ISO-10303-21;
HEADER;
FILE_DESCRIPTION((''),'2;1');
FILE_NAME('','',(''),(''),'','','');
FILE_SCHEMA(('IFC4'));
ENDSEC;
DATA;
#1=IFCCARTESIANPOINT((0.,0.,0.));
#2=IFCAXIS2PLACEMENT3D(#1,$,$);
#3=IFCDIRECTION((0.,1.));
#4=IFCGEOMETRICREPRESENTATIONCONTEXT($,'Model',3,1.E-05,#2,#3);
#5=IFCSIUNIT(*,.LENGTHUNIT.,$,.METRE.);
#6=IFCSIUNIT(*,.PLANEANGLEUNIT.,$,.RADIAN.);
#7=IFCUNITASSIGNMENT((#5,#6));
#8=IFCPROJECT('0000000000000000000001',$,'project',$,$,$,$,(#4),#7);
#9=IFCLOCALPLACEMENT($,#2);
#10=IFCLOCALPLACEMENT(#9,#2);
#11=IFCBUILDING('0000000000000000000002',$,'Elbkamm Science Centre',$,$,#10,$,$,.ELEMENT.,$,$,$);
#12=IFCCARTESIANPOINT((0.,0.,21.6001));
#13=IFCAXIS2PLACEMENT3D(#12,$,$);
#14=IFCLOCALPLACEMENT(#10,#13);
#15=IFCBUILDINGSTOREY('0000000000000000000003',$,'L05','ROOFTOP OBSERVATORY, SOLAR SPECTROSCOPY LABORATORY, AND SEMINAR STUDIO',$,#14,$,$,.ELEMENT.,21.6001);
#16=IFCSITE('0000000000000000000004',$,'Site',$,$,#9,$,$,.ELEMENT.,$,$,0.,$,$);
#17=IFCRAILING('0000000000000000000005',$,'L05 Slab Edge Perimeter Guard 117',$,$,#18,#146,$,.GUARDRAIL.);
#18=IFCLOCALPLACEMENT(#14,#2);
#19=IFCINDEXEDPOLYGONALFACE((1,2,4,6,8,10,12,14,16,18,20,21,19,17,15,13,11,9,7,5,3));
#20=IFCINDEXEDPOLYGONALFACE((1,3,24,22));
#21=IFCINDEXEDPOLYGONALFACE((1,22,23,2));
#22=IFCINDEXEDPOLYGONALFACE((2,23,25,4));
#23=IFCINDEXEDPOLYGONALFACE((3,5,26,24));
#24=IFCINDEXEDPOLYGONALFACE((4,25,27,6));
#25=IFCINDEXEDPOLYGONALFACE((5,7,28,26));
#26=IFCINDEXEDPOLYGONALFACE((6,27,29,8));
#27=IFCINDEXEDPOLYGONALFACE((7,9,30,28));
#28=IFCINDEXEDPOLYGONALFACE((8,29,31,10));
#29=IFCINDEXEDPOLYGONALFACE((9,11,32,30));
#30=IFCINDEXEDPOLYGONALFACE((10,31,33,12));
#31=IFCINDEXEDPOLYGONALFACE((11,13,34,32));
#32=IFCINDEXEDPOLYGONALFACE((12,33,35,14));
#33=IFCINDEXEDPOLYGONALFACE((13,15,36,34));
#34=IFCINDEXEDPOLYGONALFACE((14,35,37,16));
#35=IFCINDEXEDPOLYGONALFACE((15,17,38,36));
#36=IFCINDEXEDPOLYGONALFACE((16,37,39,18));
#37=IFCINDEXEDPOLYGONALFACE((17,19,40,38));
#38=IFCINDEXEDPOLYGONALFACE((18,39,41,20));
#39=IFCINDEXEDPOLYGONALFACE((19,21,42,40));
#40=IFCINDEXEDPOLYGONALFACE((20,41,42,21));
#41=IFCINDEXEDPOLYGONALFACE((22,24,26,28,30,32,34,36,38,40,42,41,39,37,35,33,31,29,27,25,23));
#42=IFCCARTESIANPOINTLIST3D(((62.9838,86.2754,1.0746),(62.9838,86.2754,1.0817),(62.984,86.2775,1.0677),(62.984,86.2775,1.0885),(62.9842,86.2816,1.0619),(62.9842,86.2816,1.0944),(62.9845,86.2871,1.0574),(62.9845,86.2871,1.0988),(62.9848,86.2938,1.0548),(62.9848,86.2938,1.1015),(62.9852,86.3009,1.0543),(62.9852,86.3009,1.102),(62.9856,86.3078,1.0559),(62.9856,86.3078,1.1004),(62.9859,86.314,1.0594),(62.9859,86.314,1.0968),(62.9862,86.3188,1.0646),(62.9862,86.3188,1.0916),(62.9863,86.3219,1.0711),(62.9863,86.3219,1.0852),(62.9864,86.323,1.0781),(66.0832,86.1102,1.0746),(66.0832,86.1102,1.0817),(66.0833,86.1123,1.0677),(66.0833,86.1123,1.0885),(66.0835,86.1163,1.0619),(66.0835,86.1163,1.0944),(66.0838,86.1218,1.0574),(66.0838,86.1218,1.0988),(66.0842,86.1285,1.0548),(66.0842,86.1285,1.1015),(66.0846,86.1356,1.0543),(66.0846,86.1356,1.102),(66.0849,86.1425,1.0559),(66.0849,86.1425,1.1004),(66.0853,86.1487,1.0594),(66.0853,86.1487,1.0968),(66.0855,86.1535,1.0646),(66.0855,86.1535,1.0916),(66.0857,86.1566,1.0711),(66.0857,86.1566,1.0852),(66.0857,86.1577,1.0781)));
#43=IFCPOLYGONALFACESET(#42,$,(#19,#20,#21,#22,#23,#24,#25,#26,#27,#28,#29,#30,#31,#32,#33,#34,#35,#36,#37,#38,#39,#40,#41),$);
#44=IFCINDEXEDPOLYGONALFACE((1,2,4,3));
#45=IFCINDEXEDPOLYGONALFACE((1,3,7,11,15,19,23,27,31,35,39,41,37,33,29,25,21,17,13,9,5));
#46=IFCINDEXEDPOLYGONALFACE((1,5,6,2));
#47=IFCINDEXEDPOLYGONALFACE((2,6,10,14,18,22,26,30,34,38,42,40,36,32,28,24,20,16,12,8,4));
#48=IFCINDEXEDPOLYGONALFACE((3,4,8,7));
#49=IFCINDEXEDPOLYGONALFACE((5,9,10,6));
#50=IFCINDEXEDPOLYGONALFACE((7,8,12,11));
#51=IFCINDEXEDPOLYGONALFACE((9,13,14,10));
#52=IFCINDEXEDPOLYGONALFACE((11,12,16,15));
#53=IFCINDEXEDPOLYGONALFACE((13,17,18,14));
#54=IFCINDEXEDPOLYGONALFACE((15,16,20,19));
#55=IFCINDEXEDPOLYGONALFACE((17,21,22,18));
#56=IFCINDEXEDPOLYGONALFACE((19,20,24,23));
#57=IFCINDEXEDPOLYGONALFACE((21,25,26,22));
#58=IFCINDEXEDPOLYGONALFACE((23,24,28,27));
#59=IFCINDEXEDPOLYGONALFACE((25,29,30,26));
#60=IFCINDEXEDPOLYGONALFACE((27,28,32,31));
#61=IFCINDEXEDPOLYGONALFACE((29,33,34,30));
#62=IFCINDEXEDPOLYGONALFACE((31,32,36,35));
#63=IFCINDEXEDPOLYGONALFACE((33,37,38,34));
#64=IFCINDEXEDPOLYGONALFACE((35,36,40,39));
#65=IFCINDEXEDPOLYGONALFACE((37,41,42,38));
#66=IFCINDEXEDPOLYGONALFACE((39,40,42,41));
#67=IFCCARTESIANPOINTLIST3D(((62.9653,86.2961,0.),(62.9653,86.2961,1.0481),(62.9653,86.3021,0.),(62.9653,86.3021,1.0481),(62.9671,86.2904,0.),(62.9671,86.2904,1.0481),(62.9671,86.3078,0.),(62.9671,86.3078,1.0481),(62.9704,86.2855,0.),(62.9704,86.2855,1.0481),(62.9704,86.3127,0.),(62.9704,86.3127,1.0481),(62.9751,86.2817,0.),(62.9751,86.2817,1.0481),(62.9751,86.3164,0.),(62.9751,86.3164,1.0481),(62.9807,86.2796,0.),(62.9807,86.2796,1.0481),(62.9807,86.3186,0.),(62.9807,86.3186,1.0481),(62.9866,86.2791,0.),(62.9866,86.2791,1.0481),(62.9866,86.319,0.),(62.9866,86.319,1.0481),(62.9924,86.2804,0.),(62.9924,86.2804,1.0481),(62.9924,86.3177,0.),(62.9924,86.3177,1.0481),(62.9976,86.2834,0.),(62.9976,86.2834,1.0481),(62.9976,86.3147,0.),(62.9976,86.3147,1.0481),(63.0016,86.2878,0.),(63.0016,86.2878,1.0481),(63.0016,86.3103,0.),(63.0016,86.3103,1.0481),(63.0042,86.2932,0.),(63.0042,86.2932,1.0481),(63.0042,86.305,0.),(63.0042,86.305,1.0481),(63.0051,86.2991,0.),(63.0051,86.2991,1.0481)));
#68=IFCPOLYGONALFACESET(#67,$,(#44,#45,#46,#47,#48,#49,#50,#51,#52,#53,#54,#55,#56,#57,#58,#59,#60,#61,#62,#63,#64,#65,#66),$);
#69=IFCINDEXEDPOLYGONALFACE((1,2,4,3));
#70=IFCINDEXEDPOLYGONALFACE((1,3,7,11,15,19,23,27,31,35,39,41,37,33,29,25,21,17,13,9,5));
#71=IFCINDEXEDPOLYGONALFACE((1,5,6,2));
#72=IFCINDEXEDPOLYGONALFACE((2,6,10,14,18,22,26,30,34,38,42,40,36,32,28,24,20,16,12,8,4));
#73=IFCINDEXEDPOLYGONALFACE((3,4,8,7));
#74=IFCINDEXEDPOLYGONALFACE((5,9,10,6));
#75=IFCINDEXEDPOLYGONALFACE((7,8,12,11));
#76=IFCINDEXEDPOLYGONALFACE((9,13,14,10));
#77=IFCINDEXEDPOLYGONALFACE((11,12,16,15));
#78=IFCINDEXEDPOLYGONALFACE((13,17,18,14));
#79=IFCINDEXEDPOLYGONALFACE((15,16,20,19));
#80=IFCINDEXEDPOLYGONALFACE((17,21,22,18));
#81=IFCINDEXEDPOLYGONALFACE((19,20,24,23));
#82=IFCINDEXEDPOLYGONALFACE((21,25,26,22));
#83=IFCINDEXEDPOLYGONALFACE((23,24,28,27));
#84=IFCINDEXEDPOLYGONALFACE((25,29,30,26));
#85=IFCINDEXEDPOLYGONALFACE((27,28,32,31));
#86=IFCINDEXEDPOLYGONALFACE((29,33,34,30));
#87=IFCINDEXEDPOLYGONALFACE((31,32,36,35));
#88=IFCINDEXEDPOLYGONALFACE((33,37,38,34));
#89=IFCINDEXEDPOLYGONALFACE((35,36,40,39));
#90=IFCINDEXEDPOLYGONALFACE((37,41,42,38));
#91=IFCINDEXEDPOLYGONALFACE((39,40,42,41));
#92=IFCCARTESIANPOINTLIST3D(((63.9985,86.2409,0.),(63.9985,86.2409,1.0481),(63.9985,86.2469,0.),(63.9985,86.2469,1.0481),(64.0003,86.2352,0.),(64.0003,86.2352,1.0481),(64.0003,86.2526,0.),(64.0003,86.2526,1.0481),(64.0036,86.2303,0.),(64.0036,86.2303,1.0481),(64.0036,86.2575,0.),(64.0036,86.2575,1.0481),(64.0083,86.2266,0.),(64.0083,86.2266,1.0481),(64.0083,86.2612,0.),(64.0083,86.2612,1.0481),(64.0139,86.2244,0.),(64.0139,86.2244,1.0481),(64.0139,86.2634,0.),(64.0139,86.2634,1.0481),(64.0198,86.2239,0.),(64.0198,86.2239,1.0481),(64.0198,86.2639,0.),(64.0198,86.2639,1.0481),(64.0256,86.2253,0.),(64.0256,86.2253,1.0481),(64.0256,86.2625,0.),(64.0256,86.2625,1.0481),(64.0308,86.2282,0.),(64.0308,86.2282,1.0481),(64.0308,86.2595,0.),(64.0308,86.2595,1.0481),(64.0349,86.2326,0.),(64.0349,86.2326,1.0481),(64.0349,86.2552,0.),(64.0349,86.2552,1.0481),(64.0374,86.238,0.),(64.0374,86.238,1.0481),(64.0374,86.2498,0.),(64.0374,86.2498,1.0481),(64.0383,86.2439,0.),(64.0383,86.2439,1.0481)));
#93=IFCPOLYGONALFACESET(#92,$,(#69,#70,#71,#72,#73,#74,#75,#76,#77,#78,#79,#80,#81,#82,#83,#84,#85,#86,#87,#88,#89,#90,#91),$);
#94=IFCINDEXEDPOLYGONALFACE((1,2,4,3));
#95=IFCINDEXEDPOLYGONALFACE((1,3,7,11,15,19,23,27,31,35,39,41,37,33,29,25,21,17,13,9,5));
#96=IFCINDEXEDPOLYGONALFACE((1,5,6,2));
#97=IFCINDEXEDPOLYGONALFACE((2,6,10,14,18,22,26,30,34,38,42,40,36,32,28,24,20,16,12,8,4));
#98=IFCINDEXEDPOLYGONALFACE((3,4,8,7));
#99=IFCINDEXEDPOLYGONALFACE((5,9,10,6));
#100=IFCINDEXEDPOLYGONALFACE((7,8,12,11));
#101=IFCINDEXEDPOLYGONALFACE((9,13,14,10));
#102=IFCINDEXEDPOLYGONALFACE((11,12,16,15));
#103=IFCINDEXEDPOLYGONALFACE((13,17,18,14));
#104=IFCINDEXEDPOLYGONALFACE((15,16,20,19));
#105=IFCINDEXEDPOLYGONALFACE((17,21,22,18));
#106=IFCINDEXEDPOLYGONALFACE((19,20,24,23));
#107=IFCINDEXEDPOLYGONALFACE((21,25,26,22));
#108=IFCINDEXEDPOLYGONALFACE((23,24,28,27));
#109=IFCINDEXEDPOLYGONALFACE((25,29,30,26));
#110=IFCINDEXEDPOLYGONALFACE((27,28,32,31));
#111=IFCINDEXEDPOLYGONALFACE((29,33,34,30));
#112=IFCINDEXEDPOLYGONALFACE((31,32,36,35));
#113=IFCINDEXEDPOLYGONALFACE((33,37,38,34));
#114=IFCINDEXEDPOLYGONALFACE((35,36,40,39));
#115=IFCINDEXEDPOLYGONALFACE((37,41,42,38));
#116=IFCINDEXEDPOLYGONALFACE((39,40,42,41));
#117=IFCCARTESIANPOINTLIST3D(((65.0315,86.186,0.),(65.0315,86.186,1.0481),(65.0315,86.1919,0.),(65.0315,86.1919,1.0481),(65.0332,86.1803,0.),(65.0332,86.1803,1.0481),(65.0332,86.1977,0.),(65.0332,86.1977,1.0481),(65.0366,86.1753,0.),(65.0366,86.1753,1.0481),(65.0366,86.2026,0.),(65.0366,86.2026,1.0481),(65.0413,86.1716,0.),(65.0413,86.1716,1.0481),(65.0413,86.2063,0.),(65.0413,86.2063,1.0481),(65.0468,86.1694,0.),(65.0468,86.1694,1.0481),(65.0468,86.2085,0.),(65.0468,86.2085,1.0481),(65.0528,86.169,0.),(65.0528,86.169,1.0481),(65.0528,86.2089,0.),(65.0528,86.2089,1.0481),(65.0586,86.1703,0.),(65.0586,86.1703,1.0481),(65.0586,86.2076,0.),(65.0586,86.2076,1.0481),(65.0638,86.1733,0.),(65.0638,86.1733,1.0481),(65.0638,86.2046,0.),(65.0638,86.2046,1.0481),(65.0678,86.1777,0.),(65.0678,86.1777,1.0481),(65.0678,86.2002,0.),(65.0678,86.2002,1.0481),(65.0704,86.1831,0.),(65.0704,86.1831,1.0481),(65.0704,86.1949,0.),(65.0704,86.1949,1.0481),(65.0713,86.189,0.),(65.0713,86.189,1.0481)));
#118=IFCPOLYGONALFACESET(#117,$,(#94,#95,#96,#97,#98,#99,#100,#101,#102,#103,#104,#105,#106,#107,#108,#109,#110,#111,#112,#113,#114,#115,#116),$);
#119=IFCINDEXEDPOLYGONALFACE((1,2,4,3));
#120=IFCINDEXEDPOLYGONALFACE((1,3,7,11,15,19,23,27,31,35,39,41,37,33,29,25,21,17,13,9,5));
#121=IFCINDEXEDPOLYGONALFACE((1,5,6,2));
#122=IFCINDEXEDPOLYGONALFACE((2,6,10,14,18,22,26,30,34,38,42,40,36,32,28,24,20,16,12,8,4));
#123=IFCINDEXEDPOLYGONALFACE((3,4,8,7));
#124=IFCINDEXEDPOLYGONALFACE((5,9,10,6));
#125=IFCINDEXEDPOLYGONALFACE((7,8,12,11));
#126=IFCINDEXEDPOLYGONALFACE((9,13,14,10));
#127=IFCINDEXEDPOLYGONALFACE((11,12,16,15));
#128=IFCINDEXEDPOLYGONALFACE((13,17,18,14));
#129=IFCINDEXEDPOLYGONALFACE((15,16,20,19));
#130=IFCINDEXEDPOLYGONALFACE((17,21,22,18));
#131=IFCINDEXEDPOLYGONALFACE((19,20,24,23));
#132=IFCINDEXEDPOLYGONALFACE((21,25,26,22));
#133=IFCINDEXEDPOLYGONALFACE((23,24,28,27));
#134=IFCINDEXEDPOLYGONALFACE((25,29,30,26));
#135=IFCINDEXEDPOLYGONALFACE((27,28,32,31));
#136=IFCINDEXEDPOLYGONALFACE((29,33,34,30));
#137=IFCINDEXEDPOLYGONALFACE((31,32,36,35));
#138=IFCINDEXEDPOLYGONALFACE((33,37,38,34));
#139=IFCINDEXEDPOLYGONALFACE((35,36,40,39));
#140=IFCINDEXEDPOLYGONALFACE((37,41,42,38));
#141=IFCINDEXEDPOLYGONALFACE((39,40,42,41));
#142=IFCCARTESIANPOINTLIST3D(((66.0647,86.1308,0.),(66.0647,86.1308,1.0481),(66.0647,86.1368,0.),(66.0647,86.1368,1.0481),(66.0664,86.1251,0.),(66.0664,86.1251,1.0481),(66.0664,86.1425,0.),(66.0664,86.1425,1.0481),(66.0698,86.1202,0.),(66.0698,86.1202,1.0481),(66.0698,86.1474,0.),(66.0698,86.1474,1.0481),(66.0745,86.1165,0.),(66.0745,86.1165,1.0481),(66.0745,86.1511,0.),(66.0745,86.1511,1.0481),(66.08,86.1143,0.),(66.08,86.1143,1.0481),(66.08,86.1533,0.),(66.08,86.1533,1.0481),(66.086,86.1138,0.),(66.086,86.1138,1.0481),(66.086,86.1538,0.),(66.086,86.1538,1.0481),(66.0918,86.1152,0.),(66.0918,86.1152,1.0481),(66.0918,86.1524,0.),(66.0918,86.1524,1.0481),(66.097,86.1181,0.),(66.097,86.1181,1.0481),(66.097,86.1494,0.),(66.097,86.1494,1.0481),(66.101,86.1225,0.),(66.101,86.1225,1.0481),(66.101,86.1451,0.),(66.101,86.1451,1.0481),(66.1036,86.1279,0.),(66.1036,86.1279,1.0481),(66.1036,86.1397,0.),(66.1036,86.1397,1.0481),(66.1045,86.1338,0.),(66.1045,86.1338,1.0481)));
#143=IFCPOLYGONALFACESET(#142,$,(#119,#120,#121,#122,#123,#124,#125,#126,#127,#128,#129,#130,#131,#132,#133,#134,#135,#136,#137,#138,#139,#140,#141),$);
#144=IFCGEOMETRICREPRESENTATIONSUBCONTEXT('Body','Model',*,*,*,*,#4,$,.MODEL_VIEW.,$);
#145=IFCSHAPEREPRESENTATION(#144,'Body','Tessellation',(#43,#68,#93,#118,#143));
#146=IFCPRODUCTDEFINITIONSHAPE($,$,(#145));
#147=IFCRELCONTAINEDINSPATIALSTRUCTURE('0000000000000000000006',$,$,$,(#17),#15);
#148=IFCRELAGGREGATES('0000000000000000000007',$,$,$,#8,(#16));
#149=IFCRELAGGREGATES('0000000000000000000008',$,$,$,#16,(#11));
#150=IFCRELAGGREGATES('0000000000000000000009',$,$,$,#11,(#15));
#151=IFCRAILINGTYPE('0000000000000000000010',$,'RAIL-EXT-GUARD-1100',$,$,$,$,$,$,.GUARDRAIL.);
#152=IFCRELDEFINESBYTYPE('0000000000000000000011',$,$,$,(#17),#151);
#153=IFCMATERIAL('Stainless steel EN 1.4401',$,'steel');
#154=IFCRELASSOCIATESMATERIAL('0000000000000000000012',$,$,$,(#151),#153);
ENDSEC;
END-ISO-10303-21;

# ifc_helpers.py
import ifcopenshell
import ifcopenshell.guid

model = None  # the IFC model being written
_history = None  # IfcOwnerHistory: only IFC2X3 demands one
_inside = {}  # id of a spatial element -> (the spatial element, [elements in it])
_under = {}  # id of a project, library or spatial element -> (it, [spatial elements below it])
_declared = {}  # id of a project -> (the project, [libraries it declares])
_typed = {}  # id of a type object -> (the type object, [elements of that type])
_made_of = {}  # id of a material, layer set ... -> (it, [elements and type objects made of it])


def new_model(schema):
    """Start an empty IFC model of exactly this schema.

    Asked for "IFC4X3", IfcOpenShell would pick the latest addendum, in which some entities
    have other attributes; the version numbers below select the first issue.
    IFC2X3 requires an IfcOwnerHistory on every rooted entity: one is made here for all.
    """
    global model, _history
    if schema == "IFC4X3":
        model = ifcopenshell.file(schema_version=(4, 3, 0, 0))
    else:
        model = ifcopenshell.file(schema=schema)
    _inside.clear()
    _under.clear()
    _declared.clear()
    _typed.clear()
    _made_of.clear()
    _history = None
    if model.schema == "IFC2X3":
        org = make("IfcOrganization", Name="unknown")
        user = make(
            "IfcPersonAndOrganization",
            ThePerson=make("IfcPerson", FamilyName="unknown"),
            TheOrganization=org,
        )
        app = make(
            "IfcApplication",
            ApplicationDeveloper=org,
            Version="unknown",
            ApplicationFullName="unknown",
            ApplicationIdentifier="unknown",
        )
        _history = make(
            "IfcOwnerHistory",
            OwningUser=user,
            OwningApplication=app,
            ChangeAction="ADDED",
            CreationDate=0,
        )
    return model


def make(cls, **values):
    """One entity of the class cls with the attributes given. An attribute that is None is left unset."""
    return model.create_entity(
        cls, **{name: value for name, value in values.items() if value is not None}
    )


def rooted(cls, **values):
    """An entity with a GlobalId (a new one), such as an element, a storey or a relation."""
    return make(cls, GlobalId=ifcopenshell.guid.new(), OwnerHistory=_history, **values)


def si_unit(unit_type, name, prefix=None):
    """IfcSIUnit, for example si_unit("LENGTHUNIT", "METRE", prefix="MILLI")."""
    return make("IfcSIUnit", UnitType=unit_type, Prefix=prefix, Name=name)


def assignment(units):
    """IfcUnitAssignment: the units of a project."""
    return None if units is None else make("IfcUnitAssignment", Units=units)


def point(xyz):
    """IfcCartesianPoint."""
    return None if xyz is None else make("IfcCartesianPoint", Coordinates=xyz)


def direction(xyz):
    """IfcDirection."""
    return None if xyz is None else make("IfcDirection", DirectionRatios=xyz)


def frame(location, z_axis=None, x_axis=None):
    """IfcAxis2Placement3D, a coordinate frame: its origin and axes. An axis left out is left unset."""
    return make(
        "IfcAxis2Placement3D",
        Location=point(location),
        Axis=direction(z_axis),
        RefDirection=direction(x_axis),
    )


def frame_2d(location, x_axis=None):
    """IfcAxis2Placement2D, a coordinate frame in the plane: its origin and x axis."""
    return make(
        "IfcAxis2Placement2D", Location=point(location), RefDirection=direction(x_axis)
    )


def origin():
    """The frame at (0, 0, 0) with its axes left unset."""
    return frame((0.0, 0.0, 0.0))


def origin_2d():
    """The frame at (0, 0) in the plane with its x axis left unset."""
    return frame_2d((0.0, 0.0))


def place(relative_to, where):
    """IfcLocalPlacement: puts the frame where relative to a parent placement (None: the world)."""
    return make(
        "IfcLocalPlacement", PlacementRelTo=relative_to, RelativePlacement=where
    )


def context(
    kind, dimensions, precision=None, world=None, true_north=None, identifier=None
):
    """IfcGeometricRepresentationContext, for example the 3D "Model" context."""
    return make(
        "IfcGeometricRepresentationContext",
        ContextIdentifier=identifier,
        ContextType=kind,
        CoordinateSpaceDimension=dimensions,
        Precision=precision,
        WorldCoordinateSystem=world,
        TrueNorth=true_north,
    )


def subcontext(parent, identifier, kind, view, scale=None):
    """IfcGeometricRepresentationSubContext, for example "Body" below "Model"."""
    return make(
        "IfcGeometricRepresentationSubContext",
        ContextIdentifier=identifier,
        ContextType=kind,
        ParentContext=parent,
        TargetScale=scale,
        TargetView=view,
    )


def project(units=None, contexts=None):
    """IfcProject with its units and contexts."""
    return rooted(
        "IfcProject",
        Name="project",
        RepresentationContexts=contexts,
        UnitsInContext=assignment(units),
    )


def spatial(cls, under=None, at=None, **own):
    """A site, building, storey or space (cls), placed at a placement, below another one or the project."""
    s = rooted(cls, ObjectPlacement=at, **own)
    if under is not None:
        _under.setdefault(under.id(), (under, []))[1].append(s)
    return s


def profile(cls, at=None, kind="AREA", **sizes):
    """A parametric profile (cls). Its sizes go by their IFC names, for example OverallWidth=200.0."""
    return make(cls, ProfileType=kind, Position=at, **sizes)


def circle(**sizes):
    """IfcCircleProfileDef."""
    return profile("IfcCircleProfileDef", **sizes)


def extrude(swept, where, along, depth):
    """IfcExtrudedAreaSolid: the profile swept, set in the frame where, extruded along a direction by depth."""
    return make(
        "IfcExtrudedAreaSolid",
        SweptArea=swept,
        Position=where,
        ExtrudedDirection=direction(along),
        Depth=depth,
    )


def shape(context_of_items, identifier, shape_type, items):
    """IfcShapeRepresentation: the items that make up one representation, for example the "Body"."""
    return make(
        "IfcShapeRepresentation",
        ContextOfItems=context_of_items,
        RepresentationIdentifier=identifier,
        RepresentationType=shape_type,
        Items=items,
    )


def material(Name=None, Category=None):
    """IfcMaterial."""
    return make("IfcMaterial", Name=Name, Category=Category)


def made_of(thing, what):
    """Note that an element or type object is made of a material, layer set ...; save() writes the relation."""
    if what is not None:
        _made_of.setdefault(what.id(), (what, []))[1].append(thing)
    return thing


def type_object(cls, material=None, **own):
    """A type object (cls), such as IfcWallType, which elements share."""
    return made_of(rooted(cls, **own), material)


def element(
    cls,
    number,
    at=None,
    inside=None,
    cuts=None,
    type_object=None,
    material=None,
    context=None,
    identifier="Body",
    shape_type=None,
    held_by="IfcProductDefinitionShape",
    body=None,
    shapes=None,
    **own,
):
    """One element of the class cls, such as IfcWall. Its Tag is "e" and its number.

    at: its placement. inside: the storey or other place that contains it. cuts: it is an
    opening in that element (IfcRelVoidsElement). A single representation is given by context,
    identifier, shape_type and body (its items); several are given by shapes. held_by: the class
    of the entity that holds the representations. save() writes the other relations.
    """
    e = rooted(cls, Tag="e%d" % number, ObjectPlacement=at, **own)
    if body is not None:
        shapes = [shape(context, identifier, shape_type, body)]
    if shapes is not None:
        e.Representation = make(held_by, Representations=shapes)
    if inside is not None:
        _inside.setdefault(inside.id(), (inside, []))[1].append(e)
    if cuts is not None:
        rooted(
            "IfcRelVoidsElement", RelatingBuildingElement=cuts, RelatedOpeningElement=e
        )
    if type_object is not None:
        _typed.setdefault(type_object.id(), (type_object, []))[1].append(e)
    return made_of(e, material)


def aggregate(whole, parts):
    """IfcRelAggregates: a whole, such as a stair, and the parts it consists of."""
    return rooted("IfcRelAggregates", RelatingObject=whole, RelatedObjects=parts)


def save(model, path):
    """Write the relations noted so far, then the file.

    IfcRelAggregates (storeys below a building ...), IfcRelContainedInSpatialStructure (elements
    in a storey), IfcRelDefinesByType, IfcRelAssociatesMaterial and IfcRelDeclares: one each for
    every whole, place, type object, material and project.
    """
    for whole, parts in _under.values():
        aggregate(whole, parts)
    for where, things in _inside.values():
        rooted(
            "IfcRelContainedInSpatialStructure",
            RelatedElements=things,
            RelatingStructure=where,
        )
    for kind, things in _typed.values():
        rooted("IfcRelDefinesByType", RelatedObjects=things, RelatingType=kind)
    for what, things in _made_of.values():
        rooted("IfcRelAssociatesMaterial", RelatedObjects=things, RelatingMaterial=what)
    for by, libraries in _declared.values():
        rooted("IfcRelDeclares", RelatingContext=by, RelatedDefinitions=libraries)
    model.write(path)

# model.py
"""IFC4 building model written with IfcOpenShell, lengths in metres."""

from ifc_helpers import new_model, si_unit, direction, frame, origin, origin_2d, place, context, subcontext, project, spatial, circle, extrude, material, type_object, element, save


model = new_model("IFC4")

# Units and contexts
model_context = context("Model", 3, precision=1e-05, world=origin(), true_north=direction((0.0, 1.0)))
body_context = subcontext(model_context, "Body", "Model", "MODEL_VIEW")
ifc_project = project(units=[si_unit("LENGTHUNIT", "METRE"), si_unit("PLANEANGLEUNIT", "RADIAN")], contexts=[model_context])

# Site, building, storey
site_placement = place(None, origin())
site = spatial("IfcSite", under=ifc_project, at=site_placement, Name="Site", CompositionType="ELEMENT", RefElevation=0.0)
building_placement = place(site_placement, origin())
building = spatial("IfcBuilding", under=site, at=building_placement, Name="Elbkamm Science Centre", CompositionType="ELEMENT")
storey_placement = place(building_placement, frame((0.0, 0.0, 21.6001)))
storey = spatial("IfcBuildingStorey", under=building, at=storey_placement, Name="L05", Description="ROOFTOP OBSERVATORY, SOLAR SPECTROSCOPY LABORATORY, AND SEMINAR STUDIO", CompositionType="ELEMENT", Elevation=21.6001)

# Railing
ifc_material_1 = material(Name="Stainless steel EN 1.4401", Category="steel")
railing_type = type_object("IfcRailingType", Name="RAIL-EXT-GUARD-1100", PredefinedType="GUARDRAIL", material=ifc_material_1)
railing_1_placement = place(storey_placement, frame((62.9851, 86.2991, 0.0)))
element("IfcRailing", 1, at=railing_1_placement, inside=storey, type_object=railing_type, Name="L05 Slab Edge Perimeter Guard 117", PredefinedType="GUARDRAIL", context=body_context, shape_type="SweptSolid", body=[
    extrude(circle(Radius=0.0239, at=origin_2d()), frame((0.0, 0.0, 1.0781), z_axis=(0.998581, -0.053252, 0.0), x_axis=(0.053252, 0.998581, 0.0)), (0.0, 0.0, 1.0), 3.1038),
    extrude(circle(Radius=0.02, at=origin_2d()), origin(), (0.0, 0.0, 1.0), 1.0481),
    extrude(circle(Radius=0.02, at=origin_2d()), frame((1.0332, -0.0552, 0.0)), (0.0, 0.0, 1.0), 1.0481),
    extrude(circle(Radius=0.02, at=origin_2d()), frame((2.0662, -0.1101, 0.0)), (0.0, 0.0, 1.0), 1.0481),
    extrude(circle(Radius=0.02, at=origin_2d()), frame((3.0994, -0.1653, 0.0)), (0.0, 0.0, 1.0), 1.0481),
])

save(model, "model.ifc")
